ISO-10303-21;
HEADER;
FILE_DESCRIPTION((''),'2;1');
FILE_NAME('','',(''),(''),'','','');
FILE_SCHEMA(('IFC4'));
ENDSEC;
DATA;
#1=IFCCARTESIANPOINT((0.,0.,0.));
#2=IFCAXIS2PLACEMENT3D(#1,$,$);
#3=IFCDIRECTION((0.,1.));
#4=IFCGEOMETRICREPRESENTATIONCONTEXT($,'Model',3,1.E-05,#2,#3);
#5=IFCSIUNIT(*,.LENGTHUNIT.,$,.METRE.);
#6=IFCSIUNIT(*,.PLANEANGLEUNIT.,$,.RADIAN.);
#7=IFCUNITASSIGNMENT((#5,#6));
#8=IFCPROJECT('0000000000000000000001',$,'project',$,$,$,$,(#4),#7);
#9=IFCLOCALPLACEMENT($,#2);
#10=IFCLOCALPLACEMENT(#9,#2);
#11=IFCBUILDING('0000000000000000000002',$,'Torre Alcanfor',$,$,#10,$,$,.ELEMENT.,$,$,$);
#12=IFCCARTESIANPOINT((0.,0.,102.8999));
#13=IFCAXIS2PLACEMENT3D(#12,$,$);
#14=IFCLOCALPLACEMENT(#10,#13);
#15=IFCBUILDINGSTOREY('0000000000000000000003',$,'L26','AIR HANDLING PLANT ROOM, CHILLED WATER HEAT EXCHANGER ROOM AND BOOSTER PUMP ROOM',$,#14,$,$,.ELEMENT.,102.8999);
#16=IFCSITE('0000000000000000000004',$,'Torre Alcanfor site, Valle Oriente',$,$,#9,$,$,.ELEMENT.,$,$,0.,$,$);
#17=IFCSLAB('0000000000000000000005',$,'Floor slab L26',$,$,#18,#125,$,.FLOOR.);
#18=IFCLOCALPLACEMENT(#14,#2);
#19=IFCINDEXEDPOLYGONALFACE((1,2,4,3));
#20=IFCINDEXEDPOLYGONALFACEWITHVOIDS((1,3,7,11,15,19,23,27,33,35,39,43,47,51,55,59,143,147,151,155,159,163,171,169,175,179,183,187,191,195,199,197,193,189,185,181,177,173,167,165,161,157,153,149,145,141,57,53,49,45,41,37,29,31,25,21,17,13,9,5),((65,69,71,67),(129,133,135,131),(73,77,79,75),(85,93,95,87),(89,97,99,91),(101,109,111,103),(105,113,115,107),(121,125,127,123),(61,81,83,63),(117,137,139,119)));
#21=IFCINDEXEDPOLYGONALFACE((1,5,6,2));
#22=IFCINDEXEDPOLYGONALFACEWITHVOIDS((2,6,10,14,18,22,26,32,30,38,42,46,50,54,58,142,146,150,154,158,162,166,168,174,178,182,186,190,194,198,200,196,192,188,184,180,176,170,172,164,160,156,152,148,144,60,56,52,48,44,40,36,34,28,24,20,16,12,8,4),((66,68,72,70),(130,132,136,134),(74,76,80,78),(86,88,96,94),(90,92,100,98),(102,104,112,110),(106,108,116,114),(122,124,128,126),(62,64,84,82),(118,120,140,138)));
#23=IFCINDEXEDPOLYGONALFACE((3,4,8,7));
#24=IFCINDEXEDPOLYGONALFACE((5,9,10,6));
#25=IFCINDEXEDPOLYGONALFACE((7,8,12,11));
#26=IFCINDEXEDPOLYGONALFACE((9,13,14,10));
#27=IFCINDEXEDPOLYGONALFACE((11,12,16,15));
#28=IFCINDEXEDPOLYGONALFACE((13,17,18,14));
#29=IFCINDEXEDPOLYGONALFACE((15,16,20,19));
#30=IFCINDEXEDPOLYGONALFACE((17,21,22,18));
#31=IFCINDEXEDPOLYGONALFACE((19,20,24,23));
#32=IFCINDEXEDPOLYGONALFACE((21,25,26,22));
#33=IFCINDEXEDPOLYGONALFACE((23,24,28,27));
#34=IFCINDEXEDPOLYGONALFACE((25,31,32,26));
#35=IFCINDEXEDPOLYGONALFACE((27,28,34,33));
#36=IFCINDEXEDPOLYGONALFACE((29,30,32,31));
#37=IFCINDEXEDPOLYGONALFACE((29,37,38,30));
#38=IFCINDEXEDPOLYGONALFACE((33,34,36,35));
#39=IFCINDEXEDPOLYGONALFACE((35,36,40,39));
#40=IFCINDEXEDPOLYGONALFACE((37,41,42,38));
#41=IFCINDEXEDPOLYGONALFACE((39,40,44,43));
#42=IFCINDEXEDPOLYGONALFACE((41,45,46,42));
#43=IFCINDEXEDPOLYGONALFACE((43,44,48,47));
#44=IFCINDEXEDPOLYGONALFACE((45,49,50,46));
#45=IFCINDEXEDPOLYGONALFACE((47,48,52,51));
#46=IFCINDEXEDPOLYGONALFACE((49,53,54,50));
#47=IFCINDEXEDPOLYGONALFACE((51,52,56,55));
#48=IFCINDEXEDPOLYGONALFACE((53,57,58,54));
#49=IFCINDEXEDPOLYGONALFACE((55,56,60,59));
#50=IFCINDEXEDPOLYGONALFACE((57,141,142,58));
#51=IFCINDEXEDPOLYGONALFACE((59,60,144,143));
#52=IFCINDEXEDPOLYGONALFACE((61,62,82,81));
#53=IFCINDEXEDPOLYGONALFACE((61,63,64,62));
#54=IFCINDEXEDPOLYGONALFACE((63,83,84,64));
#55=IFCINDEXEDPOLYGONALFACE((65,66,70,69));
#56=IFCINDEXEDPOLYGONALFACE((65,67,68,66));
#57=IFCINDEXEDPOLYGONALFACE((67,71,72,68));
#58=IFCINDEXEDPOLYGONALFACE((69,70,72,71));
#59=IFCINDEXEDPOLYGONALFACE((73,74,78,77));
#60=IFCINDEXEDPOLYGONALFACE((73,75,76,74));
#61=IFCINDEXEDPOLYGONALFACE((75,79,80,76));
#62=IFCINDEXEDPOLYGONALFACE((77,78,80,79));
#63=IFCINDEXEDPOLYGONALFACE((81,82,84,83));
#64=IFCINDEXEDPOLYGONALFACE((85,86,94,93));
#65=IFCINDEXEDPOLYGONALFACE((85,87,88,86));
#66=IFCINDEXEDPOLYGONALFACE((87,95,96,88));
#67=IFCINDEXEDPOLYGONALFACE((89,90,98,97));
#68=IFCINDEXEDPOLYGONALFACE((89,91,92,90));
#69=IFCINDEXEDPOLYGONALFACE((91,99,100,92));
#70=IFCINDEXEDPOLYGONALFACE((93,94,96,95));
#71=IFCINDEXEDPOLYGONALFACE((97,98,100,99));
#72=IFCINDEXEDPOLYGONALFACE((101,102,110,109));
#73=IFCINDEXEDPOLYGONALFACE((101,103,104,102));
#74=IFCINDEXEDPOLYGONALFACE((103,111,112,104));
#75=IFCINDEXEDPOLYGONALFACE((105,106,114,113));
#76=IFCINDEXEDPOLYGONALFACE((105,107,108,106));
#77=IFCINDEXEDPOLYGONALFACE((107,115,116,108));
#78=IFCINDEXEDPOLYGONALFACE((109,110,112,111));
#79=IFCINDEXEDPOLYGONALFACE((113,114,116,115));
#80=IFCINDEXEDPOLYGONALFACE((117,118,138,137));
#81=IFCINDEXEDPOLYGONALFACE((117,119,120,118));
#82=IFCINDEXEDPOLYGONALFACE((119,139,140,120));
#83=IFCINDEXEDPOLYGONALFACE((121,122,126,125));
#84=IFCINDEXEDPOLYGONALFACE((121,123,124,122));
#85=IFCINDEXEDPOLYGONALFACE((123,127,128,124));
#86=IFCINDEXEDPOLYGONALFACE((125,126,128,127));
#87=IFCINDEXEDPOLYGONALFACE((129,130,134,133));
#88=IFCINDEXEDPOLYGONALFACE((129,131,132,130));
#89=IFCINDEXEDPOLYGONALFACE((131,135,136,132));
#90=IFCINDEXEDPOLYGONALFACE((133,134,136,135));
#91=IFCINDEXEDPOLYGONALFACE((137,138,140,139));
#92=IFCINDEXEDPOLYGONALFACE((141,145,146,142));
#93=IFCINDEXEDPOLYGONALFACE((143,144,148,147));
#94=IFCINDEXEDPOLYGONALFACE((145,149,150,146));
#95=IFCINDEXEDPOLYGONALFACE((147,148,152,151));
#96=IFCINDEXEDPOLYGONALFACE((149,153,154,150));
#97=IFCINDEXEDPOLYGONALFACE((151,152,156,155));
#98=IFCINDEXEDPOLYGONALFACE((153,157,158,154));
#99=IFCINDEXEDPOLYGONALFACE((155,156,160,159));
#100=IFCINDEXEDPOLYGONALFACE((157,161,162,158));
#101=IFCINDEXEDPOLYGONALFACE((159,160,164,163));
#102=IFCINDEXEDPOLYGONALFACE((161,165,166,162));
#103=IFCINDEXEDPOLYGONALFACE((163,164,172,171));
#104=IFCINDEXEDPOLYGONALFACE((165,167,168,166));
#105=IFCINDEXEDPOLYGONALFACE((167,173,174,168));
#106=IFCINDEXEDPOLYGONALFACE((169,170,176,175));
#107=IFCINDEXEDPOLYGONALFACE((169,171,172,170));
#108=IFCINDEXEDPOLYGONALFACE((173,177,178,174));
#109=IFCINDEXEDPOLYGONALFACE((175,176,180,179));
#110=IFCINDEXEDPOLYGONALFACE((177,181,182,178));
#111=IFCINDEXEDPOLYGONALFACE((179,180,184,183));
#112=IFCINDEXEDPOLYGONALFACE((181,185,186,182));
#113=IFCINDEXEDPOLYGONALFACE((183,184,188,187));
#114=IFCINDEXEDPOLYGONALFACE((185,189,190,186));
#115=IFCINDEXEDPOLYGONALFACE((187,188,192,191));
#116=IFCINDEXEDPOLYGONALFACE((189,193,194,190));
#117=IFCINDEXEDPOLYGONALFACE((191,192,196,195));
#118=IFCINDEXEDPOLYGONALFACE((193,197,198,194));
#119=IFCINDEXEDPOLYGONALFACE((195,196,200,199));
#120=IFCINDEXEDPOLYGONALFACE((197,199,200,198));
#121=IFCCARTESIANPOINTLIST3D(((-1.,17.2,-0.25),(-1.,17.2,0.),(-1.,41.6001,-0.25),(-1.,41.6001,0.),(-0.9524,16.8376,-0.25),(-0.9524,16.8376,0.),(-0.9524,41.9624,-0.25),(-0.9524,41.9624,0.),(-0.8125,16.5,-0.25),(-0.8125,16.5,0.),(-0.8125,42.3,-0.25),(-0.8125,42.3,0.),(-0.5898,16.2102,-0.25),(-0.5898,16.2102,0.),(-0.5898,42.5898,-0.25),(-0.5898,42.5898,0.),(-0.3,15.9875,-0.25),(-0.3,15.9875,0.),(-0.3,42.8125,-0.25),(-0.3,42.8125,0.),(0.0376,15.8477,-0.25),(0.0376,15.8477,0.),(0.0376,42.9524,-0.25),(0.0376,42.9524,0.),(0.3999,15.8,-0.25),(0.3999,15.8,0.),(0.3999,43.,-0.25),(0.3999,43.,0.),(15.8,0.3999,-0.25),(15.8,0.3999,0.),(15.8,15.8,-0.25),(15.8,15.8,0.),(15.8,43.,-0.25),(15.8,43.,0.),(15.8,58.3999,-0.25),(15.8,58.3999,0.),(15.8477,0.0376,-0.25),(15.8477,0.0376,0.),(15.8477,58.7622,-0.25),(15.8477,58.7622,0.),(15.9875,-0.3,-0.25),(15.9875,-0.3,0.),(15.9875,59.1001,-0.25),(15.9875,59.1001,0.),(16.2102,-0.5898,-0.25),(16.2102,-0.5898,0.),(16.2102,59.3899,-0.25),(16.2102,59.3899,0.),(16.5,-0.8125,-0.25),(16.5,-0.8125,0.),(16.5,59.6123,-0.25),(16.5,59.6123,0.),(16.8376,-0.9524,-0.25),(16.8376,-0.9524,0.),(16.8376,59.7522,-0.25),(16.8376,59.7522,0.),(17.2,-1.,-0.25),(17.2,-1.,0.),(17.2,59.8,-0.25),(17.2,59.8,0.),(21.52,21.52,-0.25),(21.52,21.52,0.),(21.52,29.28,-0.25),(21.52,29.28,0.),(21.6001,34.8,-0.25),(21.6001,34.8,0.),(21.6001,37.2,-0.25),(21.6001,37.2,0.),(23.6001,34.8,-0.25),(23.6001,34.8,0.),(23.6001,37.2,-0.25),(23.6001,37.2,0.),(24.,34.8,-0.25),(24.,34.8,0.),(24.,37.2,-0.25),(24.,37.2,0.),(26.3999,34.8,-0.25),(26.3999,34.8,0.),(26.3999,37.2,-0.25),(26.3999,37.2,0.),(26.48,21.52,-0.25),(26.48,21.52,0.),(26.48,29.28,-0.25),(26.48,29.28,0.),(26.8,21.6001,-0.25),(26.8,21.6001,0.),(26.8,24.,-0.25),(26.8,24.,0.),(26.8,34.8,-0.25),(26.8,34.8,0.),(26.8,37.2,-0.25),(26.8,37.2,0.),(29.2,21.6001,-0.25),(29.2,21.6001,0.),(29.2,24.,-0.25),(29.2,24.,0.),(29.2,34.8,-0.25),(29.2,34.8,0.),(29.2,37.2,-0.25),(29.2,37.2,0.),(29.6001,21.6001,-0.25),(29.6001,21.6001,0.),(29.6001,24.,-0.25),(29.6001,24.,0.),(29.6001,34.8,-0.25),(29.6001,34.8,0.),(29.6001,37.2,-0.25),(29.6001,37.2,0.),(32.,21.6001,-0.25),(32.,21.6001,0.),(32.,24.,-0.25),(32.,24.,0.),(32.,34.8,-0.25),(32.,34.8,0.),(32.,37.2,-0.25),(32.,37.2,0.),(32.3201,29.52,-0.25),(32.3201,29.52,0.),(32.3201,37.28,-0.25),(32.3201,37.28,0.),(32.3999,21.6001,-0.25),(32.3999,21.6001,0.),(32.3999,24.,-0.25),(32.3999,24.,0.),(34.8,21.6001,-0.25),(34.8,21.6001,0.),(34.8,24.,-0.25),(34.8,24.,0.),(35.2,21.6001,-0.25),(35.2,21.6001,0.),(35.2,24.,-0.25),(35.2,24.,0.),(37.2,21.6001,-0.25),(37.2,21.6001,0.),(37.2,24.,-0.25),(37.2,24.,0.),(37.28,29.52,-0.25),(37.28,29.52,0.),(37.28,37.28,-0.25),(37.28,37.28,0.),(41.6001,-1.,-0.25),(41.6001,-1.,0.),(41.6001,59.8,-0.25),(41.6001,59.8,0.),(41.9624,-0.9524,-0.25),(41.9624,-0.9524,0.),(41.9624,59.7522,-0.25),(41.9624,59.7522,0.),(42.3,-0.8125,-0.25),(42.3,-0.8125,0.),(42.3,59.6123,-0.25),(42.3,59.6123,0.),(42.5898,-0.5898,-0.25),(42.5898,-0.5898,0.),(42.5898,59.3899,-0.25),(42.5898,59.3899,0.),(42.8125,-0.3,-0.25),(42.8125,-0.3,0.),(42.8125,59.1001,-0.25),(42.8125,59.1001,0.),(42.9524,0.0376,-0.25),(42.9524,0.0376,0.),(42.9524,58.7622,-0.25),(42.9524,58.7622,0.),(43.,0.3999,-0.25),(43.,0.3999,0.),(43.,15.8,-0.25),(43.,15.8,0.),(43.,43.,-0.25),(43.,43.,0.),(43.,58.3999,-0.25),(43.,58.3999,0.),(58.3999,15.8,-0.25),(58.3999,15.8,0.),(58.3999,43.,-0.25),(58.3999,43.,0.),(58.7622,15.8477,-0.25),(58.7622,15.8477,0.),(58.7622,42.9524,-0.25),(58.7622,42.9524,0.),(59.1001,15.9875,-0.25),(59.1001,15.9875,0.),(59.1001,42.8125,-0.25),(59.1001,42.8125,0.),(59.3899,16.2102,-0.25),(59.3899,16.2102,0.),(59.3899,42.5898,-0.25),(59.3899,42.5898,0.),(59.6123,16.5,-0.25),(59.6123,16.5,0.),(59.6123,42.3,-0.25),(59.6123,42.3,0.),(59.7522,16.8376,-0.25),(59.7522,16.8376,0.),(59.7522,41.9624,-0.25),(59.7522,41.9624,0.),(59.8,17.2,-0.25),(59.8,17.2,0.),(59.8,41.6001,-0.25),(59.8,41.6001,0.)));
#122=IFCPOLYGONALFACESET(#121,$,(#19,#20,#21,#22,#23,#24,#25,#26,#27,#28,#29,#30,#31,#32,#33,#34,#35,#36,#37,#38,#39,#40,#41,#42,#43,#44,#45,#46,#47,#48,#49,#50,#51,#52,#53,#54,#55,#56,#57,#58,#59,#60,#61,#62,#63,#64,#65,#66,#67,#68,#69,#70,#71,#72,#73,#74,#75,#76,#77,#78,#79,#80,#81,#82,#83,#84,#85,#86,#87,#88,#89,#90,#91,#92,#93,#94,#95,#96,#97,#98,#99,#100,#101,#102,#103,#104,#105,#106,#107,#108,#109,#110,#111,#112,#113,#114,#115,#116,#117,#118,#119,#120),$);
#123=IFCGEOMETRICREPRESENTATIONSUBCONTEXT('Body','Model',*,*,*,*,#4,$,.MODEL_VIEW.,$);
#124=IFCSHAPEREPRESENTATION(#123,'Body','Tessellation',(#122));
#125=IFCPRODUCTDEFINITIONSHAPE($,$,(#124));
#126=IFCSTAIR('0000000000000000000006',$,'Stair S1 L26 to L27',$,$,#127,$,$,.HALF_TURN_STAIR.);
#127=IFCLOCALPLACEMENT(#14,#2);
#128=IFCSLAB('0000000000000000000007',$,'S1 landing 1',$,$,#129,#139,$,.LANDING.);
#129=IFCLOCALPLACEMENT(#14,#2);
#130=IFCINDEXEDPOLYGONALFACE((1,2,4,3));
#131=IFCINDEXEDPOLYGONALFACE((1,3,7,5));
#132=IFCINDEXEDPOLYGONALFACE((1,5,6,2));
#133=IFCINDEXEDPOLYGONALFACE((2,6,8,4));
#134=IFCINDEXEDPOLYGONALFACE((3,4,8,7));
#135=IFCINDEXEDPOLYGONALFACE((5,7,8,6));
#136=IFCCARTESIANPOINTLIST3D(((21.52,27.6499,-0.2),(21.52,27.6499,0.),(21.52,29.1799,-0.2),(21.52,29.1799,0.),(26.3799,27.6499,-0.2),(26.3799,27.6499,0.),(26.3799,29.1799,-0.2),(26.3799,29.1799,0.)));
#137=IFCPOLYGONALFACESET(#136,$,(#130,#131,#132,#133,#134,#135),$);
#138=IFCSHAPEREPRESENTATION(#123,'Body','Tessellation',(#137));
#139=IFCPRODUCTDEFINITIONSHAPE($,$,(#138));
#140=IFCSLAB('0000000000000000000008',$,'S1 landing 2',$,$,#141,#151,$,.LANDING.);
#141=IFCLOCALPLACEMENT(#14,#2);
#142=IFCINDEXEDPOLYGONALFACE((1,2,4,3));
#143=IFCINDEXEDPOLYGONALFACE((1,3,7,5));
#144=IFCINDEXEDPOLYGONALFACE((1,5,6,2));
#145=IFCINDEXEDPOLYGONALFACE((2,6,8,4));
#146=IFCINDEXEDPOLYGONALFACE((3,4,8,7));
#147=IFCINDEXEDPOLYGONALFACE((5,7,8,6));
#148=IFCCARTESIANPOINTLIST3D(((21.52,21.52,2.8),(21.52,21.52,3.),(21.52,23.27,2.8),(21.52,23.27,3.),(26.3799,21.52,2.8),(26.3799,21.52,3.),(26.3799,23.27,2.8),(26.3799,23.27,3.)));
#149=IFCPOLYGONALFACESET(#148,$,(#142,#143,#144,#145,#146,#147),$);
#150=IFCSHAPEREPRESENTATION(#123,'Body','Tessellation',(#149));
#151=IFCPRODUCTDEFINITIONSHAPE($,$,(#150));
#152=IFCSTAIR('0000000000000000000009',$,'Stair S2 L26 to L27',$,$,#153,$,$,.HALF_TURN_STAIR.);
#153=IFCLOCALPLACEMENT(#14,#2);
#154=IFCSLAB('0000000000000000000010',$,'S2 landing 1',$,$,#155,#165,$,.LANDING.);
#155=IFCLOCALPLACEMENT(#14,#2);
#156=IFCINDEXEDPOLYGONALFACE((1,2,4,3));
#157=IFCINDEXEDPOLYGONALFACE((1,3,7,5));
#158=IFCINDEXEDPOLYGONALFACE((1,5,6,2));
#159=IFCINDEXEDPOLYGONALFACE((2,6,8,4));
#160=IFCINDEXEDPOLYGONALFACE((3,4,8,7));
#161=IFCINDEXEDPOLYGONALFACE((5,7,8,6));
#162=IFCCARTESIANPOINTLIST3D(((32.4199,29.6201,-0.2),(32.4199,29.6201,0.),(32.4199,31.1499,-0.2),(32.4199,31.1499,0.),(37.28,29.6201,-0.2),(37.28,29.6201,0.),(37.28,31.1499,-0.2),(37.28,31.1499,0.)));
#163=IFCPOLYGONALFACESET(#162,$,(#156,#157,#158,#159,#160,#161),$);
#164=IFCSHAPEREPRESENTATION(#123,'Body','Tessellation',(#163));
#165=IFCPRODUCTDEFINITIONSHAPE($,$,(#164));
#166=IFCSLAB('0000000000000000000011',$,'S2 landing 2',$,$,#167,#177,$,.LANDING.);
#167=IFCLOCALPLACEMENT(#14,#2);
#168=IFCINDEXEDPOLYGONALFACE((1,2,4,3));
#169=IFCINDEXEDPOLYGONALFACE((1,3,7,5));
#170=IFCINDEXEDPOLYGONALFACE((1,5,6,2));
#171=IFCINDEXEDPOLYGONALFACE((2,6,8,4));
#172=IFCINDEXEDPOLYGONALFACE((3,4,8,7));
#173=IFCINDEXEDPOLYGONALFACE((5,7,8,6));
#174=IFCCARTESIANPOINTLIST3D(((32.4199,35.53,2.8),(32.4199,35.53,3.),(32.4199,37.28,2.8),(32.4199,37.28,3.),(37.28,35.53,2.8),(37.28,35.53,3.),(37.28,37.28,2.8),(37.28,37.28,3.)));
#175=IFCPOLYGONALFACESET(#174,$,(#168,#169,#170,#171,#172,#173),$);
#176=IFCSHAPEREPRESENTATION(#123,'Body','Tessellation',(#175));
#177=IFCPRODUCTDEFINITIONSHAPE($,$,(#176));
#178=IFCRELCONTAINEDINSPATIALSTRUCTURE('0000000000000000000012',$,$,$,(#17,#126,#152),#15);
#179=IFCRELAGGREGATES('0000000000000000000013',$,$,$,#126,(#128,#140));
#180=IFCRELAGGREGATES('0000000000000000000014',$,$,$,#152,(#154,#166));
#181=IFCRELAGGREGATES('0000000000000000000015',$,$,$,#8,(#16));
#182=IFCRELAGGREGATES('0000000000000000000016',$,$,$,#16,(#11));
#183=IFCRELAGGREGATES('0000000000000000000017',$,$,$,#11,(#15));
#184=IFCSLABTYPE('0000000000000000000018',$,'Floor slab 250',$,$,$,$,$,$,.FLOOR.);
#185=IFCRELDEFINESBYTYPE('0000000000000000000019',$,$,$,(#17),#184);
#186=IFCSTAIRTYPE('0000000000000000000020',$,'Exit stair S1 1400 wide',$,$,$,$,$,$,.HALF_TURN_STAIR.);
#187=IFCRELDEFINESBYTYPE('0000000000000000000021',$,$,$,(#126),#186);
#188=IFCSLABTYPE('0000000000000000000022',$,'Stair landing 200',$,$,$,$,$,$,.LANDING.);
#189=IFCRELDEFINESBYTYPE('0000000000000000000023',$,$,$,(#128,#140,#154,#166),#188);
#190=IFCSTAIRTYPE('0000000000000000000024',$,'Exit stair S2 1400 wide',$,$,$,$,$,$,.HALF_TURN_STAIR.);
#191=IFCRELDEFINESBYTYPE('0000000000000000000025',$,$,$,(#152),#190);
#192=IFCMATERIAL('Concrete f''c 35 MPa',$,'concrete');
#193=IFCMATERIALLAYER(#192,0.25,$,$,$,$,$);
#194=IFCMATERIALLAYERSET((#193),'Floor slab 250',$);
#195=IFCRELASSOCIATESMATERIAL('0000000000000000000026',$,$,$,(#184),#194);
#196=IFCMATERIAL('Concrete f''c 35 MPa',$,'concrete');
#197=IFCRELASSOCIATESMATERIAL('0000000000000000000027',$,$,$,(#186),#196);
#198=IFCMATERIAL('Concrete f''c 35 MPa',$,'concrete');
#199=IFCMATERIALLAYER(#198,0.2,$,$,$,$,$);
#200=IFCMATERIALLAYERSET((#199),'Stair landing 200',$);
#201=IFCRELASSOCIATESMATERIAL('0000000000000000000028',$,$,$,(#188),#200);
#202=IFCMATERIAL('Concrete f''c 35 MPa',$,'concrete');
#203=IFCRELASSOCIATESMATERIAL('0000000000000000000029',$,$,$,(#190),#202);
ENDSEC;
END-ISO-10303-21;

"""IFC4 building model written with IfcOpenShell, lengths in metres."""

from ifc_helpers import new_model, si_unit, direction, frame, origin, place, context, subcontext, project, spatial, polyline, outline, extrude, material, layer, layer_set, type_object, element, aggregate, save


model = new_model("IFC4")

# Units and contexts
model_context = context("Model", 3, precision=1e-05, world=origin(), true_north=direction((0.0, 1.0)))
body_context = subcontext(model_context, "Body", "Model", "MODEL_VIEW")
ifc_project = project(units=[si_unit("LENGTHUNIT", "METRE"), si_unit("PLANEANGLEUNIT", "RADIAN")], contexts=[model_context])

# Site, building, storey
site_placement = place(None, origin())
site = spatial("IfcSite", under=ifc_project, at=site_placement, Name="Torre Alcanfor site, Valle Oriente", CompositionType="ELEMENT", RefElevation=0.0)
building_placement = place(site_placement, origin())
building = spatial("IfcBuilding", under=site, at=building_placement, Name="Torre Alcanfor", CompositionType="ELEMENT")
storey_placement = place(building_placement, frame((0.0, 0.0, 102.8999)))
storey = spatial("IfcBuildingStorey", under=building, at=storey_placement, Name="L26", Description="AIR HANDLING PLANT ROOM, CHILLED WATER HEAT EXCHANGER ROOM AND BOOSTER PUMP ROOM", CompositionType="ELEMENT", Elevation=102.8999)

# Slab
ifc_material_1 = material(Name="Concrete f'c 35 MPa", Category="concrete")
ifc_layer_1 = layer(ifc_material_1, 0.25)
ifc_layer_set_1 = layer_set([ifc_layer_1], Name="Floor slab 250")
slab_type_1 = type_object("IfcSlabType", Name="Floor slab 250", PredefinedType="FLOOR", material=ifc_layer_set_1)
slab_1_placement = place(storey_placement, frame((0.0, 0.0, -0.25)))
element("IfcSlab", 1, at=slab_1_placement, inside=storey, type_object=slab_type_1, Name="Floor slab L26", PredefinedType="FLOOR", context=body_context, shape_type="SweptSolid", body=[
    extrude(outline(polyline([(15.8, 43.0), (0.3999, 43.0), (0.0376, 42.9524), (-0.3, 42.8125), (-0.5898, 42.5898), (-0.8125, 42.3), (-0.9524, 41.9624), (-1.0, 41.6001), (-1.0, 17.2), (-0.9524, 16.8376), (-0.8125, 16.5), (-0.5898, 16.2102), (-0.3, 15.9875), (0.0376, 15.8477), (0.3999, 15.8), (15.8, 15.8), (15.8, 0.3999), (15.8477, 0.0376), (15.9875, -0.3), (16.2102, -0.5898), (16.5, -0.8125), (16.8376, -0.9524), (17.2, -1.0), (41.6001, -1.0), (41.9624, -0.9524), (42.3, -0.8125), (42.5898, -0.5898), (42.8125, -0.3), (42.9524, 0.0376), (43.0, 0.3999), (43.0, 15.8), (58.3999, 15.8), (58.7622, 15.8477), (59.1001, 15.9875), (59.3899, 16.2102), (59.6123, 16.5), (59.7522, 16.8376), (59.8, 17.2), (59.8, 41.6001), (59.7522, 41.9624), (59.6123, 42.3), (59.3899, 42.5898), (59.1001, 42.8125), (58.7622, 42.9524), (58.3999, 43.0), (43.0, 43.0), (43.0, 58.3999), (42.9524, 58.7622), (42.8125, 59.1001), (42.5898, 59.3899), (42.3, 59.6123), (41.9624, 59.7522), (41.6001, 59.8), (17.2, 59.8), (16.8376, 59.7522), (16.5, 59.6123), (16.2102, 59.3899), (15.9875, 59.1001), (15.8477, 58.7622), (15.8, 58.3999), (15.8, 43.0)]), holes=[polyline([(21.52, 21.52), (26.48, 21.52), (26.48, 29.28), (21.52, 29.28), (21.52, 21.52)]), polyline([(32.3201, 29.52), (37.28, 29.52), (37.28, 37.28), (32.3201, 37.28), (32.3201, 29.52)]), polyline([(26.8, 21.6001), (29.2, 21.6001), (29.2, 24.0), (26.8, 24.0), (26.8, 21.6001)]), polyline([(29.6001, 21.6001), (32.0, 21.6001), (32.0, 24.0), (29.6001, 24.0), (29.6001, 21.6001)]), polyline([(32.3999, 21.6001), (34.8, 21.6001), (34.8, 24.0), (32.3999, 24.0), (32.3999, 21.6001)]), polyline([(35.2, 21.6001), (37.2, 21.6001), (37.2, 24.0), (35.2, 24.0), (35.2, 21.6001)]), polyline([(21.6001, 34.8), (23.6001, 34.8), (23.6001, 37.2), (21.6001, 37.2), (21.6001, 34.8)]), polyline([(24.0, 34.8), (26.3999, 34.8), (26.3999, 37.2), (24.0, 37.2), (24.0, 34.8)]), polyline([(26.8, 34.8), (29.2, 34.8), (29.2, 37.2), (26.8, 37.2), (26.8, 34.8)]), polyline([(29.6001, 34.8), (32.0, 34.8), (32.0, 37.2), (29.6001, 37.2), (29.6001, 34.8)])]), origin(), (0.0, 0.0, 1.0), 0.25),
])

# Stairs, slabs
ifc_material_2 = material(Name="Concrete f'c 35 MPa", Category="concrete")
stair_type_1 = type_object("IfcStairType", Name="Exit stair S1 1400 wide", PredefinedType="HALF_TURN_STAIR", material=ifc_material_2)
stair_1_placement = place(storey_placement, origin())
stair_1 = element("IfcStair", 2, at=stair_1_placement, inside=storey, type_object=stair_type_1, Name="Stair S1 L26 to L27", PredefinedType="HALF_TURN_STAIR")
ifc_material_3 = material(Name="Concrete f'c 35 MPa", Category="concrete")
ifc_layer_2 = layer(ifc_material_3, 0.2)
ifc_layer_set_2 = layer_set([ifc_layer_2], Name="Stair landing 200")
slab_type_2 = type_object("IfcSlabType", Name="Stair landing 200", PredefinedType="LANDING", material=ifc_layer_set_2)
slab_2_placement = place(storey_placement, frame((0.0, 0.0, -0.2)))
slab_2 = element("IfcSlab", 3, at=slab_2_placement, type_object=slab_type_2, Name="S1 landing 1", PredefinedType="LANDING", context=body_context, shape_type="SweptSolid", body=[
    extrude(outline(polyline([(21.52, 27.6499), (26.3799, 27.6499), (26.3799, 29.1799), (21.52, 29.1799), (21.52, 27.6499)])), origin(), (0.0, 0.0, 1.0), 0.2),
])
slab_3_placement = place(storey_placement, frame((0.0, 0.0, 2.8)))
slab_3 = element("IfcSlab", 4, at=slab_3_placement, type_object=slab_type_2, Name="S1 landing 2", PredefinedType="LANDING", context=body_context, shape_type="SweptSolid", body=[
    extrude(outline(polyline([(21.52, 21.52), (26.3799, 21.52), (26.3799, 23.27), (21.52, 23.27), (21.52, 21.52)])), origin(), (0.0, 0.0, 1.0), 0.2),
])
aggregate(stair_1, [slab_2, slab_3])
ifc_material_4 = material(Name="Concrete f'c 35 MPa", Category="concrete")
stair_type_2 = type_object("IfcStairType", Name="Exit stair S2 1400 wide", PredefinedType="HALF_TURN_STAIR", material=ifc_material_4)
stair_2_placement = place(storey_placement, origin())
stair_2 = element("IfcStair", 5, at=stair_2_placement, inside=storey, type_object=stair_type_2, Name="Stair S2 L26 to L27", PredefinedType="HALF_TURN_STAIR")
slab_4_placement = place(storey_placement, frame((0.0, 0.0, -0.2)))
slab_4 = element("IfcSlab", 6, at=slab_4_placement, type_object=slab_type_2, Name="S2 landing 1", PredefinedType="LANDING", context=body_context, shape_type="SweptSolid", body=[
    extrude(outline(polyline([(32.4199, 29.6201), (37.28, 29.6201), (37.28, 31.1499), (32.4199, 31.1499), (32.4199, 29.6201)])), origin(), (0.0, 0.0, 1.0), 0.2),
])
slab_5_placement = place(storey_placement, frame((0.0, 0.0, 2.8)))
slab_5 = element("IfcSlab", 7, at=slab_5_placement, type_object=slab_type_2, Name="S2 landing 2", PredefinedType="LANDING", context=body_context, shape_type="SweptSolid", body=[
    extrude(outline(polyline([(32.4199, 35.53), (37.28, 35.53), (37.28, 37.28), (32.4199, 37.28), (32.4199, 35.53)])), origin(), (0.0, 0.0, 1.0), 0.2),
])
aggregate(stair_2, [slab_4, slab_5])

save(model, "model.ifc")
